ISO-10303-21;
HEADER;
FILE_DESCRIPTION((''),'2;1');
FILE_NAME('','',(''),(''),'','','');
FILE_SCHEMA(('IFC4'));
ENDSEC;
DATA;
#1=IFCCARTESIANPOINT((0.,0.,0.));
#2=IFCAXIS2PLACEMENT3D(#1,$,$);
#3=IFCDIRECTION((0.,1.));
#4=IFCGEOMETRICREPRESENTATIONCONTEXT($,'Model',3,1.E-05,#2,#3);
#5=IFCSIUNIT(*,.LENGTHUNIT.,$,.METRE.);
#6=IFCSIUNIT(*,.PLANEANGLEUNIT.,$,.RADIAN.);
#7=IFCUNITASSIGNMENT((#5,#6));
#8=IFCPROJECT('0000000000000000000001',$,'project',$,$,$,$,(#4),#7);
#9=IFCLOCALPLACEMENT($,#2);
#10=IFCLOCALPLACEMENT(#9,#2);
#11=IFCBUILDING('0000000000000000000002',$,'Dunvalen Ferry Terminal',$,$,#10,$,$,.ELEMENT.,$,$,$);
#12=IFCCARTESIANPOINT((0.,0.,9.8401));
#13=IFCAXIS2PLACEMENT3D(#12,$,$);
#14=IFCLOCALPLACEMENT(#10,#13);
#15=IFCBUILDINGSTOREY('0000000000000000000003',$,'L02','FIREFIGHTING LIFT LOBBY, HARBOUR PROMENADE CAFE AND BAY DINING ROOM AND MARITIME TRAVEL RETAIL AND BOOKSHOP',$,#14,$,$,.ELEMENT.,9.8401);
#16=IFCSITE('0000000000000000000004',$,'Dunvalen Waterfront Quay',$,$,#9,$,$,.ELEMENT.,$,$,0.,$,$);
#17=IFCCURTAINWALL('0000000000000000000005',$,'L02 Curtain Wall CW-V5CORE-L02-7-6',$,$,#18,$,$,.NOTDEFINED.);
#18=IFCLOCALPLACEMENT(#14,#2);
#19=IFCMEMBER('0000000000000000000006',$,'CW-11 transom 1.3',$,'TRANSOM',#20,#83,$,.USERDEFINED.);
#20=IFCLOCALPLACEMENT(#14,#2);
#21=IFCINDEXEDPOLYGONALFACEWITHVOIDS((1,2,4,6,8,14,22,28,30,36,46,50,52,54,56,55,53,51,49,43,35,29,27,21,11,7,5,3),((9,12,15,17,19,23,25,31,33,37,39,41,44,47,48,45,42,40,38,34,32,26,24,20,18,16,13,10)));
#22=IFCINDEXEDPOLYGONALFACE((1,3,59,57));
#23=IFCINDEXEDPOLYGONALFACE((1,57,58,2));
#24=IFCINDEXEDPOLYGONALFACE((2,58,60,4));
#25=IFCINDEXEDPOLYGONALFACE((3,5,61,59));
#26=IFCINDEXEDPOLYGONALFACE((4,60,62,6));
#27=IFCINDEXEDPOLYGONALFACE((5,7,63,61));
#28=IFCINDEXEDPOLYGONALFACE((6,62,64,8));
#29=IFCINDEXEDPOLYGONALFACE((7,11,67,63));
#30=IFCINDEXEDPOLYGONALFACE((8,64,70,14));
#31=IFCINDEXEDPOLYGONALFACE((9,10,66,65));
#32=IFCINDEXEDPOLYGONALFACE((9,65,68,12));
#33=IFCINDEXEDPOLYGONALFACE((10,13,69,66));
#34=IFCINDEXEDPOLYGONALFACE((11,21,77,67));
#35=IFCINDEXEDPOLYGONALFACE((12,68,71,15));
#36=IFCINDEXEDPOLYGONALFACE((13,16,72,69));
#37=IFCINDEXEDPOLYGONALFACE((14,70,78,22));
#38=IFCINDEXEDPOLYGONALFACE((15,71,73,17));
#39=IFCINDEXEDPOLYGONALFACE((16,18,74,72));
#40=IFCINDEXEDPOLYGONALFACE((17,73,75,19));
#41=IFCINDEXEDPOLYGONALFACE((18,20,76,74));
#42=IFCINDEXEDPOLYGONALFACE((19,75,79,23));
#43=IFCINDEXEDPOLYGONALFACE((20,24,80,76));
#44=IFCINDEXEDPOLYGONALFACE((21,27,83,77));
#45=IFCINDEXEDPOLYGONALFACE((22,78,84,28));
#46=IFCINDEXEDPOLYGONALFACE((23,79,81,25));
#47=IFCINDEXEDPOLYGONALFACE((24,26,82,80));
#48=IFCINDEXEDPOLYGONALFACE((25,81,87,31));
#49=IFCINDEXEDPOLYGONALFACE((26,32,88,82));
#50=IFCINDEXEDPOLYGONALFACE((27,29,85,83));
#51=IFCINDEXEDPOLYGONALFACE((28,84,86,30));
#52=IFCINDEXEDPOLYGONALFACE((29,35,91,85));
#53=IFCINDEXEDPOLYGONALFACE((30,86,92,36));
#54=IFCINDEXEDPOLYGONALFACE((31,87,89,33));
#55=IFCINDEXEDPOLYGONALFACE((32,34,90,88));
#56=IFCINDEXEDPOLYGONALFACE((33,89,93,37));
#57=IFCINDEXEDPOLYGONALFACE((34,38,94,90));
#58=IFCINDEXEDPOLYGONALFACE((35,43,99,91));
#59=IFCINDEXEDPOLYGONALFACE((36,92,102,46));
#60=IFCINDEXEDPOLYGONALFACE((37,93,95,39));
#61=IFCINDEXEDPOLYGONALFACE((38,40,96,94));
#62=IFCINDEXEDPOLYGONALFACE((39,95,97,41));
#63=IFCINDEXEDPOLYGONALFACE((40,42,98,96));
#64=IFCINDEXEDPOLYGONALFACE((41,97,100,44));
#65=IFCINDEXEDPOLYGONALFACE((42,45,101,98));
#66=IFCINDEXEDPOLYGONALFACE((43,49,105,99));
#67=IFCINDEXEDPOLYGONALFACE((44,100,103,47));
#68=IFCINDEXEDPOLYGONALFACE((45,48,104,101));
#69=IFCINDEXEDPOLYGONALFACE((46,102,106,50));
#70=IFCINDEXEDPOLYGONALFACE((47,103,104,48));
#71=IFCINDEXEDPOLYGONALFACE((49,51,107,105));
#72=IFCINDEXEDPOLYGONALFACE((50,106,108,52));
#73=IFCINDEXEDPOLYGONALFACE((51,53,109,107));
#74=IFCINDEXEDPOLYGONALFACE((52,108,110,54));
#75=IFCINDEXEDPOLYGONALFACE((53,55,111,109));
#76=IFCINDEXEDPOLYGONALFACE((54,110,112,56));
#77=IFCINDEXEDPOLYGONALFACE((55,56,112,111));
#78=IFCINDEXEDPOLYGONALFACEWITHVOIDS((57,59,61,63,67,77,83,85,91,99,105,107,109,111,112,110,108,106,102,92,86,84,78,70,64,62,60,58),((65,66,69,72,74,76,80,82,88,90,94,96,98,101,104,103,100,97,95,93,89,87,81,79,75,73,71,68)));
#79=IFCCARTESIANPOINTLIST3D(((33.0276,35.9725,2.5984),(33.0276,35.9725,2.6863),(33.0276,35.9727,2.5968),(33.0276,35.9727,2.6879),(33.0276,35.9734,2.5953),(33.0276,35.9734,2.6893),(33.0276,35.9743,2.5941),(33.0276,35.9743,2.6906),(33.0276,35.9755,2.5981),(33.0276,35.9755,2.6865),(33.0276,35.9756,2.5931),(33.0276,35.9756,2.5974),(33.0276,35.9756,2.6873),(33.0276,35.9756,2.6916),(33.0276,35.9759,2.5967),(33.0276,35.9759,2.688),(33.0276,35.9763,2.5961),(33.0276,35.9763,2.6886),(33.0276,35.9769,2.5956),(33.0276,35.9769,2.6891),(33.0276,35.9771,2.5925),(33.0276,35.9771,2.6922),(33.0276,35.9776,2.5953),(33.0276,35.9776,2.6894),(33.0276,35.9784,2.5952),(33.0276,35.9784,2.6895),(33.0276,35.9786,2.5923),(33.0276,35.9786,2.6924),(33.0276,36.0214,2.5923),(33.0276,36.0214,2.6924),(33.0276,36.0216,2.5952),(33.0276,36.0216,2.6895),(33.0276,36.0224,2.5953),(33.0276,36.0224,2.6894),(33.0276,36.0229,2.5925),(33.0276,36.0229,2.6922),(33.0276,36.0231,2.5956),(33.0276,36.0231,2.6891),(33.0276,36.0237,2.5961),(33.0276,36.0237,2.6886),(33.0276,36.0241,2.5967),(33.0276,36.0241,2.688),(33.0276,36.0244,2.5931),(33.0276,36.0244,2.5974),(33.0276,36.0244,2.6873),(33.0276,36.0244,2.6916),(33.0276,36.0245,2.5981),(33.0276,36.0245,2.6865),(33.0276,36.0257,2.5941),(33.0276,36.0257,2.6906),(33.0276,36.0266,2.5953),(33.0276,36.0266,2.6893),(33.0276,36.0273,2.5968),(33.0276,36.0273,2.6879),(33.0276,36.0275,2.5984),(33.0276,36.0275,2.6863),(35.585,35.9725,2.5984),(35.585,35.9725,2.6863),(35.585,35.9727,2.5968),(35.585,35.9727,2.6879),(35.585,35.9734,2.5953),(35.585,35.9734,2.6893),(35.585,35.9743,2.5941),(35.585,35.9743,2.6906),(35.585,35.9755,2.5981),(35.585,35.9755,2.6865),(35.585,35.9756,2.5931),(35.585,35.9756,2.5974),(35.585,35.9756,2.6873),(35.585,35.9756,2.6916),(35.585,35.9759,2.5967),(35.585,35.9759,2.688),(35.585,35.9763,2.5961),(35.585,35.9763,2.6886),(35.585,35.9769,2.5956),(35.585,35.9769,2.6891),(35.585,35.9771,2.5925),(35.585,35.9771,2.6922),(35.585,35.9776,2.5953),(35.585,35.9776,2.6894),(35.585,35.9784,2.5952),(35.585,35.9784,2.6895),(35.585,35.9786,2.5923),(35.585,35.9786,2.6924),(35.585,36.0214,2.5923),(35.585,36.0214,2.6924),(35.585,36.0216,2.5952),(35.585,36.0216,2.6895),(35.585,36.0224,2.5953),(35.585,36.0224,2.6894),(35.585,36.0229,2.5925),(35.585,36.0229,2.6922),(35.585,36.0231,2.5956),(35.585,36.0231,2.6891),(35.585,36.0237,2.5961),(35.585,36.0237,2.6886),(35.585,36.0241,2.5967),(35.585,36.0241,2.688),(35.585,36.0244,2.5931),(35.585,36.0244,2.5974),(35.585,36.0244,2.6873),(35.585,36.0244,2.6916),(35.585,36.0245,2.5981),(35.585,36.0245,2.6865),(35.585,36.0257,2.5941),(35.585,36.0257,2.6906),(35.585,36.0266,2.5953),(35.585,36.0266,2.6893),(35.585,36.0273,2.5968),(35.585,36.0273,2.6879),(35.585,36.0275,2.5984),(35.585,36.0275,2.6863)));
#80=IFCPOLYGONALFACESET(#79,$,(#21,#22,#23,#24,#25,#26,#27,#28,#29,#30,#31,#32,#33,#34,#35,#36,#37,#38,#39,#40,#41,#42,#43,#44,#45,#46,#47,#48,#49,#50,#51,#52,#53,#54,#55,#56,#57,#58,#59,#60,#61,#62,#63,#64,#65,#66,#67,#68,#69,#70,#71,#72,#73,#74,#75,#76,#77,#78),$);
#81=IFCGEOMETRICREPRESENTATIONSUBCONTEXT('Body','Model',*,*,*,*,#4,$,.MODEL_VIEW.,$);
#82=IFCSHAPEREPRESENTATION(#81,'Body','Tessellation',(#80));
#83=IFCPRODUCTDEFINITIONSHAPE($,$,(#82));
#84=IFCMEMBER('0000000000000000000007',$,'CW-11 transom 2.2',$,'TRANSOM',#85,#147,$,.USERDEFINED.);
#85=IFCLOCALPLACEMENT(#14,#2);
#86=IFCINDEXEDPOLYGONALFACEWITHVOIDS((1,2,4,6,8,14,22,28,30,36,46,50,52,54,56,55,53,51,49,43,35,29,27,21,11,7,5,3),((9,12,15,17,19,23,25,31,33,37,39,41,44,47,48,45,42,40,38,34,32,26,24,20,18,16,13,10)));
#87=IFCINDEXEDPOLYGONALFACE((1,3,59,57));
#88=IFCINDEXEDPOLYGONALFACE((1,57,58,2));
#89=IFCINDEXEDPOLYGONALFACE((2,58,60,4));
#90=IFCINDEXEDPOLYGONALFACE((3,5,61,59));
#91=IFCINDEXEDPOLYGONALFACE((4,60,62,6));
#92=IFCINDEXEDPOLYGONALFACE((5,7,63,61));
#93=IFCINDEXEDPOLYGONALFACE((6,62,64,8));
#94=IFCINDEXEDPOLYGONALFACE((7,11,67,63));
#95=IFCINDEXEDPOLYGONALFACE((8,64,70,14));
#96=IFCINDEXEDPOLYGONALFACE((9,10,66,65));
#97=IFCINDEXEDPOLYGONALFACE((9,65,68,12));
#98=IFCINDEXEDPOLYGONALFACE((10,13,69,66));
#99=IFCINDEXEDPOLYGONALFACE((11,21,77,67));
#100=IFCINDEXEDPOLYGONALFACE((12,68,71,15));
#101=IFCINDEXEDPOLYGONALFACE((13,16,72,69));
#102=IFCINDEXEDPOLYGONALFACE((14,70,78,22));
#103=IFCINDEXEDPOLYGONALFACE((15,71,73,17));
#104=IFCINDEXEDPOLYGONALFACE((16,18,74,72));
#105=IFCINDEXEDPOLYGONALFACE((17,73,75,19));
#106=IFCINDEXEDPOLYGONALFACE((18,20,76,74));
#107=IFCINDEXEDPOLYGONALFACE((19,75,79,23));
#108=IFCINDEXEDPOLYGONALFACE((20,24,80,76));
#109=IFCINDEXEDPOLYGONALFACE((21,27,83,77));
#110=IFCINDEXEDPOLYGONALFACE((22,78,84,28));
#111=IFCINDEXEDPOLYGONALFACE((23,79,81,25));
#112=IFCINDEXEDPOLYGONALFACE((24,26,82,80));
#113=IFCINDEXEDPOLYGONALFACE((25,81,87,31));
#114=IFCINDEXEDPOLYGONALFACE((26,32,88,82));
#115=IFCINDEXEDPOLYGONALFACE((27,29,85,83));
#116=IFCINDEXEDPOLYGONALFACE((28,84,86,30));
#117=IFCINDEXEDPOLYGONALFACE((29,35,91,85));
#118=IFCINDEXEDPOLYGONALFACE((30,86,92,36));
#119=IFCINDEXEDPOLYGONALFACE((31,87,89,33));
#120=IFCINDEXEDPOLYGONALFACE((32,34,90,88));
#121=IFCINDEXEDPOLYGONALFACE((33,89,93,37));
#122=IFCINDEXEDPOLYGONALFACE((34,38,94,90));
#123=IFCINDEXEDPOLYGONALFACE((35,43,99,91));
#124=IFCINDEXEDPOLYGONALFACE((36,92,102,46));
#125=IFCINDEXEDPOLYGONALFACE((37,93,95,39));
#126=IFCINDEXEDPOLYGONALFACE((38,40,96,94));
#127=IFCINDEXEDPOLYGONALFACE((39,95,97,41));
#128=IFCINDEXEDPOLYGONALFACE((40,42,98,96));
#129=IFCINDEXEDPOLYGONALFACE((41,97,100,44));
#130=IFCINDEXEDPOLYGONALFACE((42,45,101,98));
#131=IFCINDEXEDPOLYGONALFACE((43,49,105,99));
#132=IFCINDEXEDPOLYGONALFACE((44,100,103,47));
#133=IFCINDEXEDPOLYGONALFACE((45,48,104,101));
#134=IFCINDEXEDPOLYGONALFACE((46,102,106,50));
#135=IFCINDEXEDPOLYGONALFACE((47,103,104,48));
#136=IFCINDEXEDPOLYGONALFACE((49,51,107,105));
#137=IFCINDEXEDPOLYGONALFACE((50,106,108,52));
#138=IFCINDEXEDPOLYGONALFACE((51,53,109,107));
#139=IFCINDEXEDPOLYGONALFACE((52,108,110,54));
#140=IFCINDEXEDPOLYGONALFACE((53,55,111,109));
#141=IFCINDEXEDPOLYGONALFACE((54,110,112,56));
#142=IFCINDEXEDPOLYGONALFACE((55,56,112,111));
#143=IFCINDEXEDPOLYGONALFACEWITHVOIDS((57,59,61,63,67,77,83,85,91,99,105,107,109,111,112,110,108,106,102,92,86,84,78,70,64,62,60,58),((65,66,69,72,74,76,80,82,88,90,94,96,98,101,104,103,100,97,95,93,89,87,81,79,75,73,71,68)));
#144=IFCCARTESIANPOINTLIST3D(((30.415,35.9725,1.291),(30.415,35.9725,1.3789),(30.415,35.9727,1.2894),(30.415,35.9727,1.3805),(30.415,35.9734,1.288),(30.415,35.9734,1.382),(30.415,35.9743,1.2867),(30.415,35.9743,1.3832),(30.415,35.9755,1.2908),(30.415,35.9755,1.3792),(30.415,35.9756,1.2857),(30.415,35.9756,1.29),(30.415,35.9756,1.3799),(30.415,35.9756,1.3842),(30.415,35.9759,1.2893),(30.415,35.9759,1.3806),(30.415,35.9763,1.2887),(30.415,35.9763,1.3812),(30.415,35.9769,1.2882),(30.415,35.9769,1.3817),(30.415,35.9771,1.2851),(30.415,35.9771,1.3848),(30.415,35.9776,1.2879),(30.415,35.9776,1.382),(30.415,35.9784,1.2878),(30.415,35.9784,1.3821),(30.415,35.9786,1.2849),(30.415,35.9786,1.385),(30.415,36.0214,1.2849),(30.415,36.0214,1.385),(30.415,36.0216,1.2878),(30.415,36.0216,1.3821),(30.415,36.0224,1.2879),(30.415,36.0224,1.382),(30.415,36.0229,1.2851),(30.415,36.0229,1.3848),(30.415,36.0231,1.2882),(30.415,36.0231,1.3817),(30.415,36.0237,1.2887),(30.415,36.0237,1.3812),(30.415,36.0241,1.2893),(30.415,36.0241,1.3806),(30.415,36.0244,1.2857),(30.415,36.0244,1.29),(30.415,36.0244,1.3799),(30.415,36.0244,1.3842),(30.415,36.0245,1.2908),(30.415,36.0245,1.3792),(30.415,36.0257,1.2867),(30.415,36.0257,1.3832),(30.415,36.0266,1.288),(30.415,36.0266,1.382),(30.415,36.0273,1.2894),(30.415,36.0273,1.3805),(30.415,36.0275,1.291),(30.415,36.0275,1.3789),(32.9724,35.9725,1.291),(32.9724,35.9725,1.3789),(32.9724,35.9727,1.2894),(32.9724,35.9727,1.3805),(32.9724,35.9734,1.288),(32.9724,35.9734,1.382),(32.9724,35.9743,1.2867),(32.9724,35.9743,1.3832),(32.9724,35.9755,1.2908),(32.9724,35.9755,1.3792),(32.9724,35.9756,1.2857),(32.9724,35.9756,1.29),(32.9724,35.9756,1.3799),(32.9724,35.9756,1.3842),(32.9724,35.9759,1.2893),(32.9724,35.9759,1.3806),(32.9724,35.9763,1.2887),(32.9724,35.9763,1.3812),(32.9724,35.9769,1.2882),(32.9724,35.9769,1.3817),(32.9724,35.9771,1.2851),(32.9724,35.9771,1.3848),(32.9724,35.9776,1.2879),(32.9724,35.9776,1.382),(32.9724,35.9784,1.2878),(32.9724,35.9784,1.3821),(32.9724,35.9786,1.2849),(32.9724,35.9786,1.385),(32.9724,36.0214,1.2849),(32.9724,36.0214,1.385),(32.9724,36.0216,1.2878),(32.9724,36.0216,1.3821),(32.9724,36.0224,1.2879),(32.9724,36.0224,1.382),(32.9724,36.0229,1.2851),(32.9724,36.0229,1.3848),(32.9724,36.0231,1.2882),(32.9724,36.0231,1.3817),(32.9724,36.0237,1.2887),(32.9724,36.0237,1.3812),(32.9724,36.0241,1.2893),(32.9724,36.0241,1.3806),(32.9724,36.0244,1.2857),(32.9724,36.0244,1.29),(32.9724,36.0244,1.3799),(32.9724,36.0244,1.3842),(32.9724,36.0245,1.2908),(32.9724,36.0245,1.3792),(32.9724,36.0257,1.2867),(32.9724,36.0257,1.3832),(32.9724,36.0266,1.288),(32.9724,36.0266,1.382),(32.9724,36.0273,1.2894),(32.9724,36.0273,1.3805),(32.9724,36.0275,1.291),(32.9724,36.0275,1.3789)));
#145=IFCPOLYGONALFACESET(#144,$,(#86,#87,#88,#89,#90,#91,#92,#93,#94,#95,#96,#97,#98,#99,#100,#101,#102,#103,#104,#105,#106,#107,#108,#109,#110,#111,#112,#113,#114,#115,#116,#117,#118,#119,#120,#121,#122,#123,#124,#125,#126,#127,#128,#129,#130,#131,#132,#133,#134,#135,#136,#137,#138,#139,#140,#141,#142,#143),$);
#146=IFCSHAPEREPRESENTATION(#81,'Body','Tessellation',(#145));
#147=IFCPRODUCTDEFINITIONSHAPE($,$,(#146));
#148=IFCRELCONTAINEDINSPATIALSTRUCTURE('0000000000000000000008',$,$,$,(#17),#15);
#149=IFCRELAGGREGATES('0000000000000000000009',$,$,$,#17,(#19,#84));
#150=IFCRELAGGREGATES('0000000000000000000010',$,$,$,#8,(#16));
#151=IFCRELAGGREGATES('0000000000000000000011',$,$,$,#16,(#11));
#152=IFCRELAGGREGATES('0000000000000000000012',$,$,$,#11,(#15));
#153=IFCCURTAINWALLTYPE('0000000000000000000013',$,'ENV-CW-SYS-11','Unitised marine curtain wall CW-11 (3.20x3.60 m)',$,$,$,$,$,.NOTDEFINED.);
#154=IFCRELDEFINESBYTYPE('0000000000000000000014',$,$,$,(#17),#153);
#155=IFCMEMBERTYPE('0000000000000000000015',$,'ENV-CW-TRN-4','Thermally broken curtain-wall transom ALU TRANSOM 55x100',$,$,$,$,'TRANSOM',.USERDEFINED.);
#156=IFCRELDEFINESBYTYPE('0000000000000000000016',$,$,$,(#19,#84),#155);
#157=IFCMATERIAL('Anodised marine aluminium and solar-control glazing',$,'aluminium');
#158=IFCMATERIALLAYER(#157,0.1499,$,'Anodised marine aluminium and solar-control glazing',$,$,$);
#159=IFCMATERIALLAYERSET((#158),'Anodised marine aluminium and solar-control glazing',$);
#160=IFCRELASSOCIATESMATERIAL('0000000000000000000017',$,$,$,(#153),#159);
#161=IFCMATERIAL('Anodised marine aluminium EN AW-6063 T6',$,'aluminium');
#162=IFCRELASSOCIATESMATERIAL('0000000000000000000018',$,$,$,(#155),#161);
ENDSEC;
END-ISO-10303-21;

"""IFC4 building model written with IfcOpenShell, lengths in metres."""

from ifc_helpers import new_model, si_unit, direction, frame, origin, origin_2d, place, context, subcontext, project, spatial, hollow_rectangle, extrude, material, layer, layer_set, material_profile, profile_set, type_object, element, aggregate, save


model = new_model("IFC4")

# Units and contexts
model_context = context("Model", 3, precision=1e-05, world=origin(), true_north=direction((0.0, 1.0)))
body_context = subcontext(model_context, "Body", "Model", "MODEL_VIEW")
ifc_project = project(units=[si_unit("LENGTHUNIT", "METRE"), si_unit("PLANEANGLEUNIT", "RADIAN")], contexts=[model_context])

# Site, building, storey
site_placement = place(None, origin())
site = spatial("IfcSite", under=ifc_project, at=site_placement, Name="Dunvalen Waterfront Quay", CompositionType="ELEMENT", RefElevation=0.0)
building_placement = place(site_placement, origin())
building = spatial("IfcBuilding", under=site, at=building_placement, Name="Dunvalen Ferry Terminal", CompositionType="ELEMENT")
storey_placement = place(building_placement, frame((0.0, 0.0, 9.8401)))
storey = spatial("IfcBuildingStorey", under=building, at=storey_placement, Name="L02", Description="FIREFIGHTING LIFT LOBBY, HARBOUR PROMENADE CAFE AND BAY DINING ROOM AND MARITIME TRAVEL RETAIL AND BOOKSHOP", CompositionType="ELEMENT", Elevation=9.8401)

# Shared definitions
ifc_material_1 = material(Name="Anodised marine aluminium and solar-control glazing", Category="aluminium")
ifc_material_2 = material(Name="Anodised marine aluminium EN AW-6063 T6", Category="aluminium")

# Curtain wall
ifc_layer_1 = layer(ifc_material_1, 0.1499, Name="Anodised marine aluminium and solar-control glazing")
ifc_layer_set_1 = layer_set([ifc_layer_1], Name="Anodised marine aluminium and solar-control glazing")
curtain_wall_type_1 = type_object("IfcCurtainWallType", Name="ENV-CW-SYS-11", Description="Unitised marine curtain wall CW-11 (3.20x3.60 m)", PredefinedType="NOTDEFINED", material=ifc_layer_set_1)
curtain_wall_1_placement = place(storey_placement, origin())
curtain_wall_1 = element("IfcCurtainWall", 1, at=curtain_wall_1_placement, inside=storey, type_object=curtain_wall_type_1, Name="L02 Curtain Wall CW-V5CORE-L02-7-6", PredefinedType="NOTDEFINED")

# Members
ifc_material_profile_1 = material_profile(ifc_material_2, hollow_rectangle(XDim=0.0549, YDim=0.1001, WallThickness=0.0029, InnerFilletRadius=0.0029, OuterFilletRadius=0.0061, at=origin_2d()), Name="Anodised marine aluminium EN AW-6063 T6")
ifc_profile_set_1 = profile_set([ifc_material_profile_1], Name="Anodised marine aluminium EN AW-6063 T6")
member_type_1 = type_object("IfcMemberType", Name="ENV-CW-TRN-4", Description="Thermally broken curtain-wall transom ALU TRANSOM 55x100", ElementType="TRANSOM", PredefinedType="USERDEFINED", material=ifc_profile_set_1)
member_1_placement = place(storey_placement, frame((35.585, 36.0, 2.6423), z_axis=(-1.0, 0.0, 0.0), x_axis=(0.0, -1.0, 0.0)))
member_1 = element("IfcMember", 2, at=member_1_placement, type_object=member_type_1, Name="CW-11 transom 1.3", ObjectType="TRANSOM", PredefinedType="USERDEFINED", context=body_context, shape_type="SweptSolid", body=[
    extrude(hollow_rectangle(XDim=0.0549, YDim=0.1001, WallThickness=0.0029, InnerFilletRadius=0.0029, OuterFilletRadius=0.0061, at=origin_2d()), origin(), (0.0, 0.0, 1.0), 2.5574),
])
member_2_placement = place(storey_placement, frame((32.9724, 36.0, 1.335), z_axis=(-1.0, 0.0, 0.0), x_axis=(0.0, -1.0, 0.0)))
member_2 = element("IfcMember", 3, at=member_2_placement, type_object=member_type_1, Name="CW-11 transom 2.2", ObjectType="TRANSOM", PredefinedType="USERDEFINED", context=body_context, shape_type="SweptSolid", body=[
    extrude(hollow_rectangle(XDim=0.0549, YDim=0.1001, WallThickness=0.0029, InnerFilletRadius=0.0029, OuterFilletRadius=0.0061, at=origin_2d()), origin(), (0.0, 0.0, 1.0), 2.5574),
])

aggregate(curtain_wall_1, [member_1, member_2])

save(model, "model.ifc")
